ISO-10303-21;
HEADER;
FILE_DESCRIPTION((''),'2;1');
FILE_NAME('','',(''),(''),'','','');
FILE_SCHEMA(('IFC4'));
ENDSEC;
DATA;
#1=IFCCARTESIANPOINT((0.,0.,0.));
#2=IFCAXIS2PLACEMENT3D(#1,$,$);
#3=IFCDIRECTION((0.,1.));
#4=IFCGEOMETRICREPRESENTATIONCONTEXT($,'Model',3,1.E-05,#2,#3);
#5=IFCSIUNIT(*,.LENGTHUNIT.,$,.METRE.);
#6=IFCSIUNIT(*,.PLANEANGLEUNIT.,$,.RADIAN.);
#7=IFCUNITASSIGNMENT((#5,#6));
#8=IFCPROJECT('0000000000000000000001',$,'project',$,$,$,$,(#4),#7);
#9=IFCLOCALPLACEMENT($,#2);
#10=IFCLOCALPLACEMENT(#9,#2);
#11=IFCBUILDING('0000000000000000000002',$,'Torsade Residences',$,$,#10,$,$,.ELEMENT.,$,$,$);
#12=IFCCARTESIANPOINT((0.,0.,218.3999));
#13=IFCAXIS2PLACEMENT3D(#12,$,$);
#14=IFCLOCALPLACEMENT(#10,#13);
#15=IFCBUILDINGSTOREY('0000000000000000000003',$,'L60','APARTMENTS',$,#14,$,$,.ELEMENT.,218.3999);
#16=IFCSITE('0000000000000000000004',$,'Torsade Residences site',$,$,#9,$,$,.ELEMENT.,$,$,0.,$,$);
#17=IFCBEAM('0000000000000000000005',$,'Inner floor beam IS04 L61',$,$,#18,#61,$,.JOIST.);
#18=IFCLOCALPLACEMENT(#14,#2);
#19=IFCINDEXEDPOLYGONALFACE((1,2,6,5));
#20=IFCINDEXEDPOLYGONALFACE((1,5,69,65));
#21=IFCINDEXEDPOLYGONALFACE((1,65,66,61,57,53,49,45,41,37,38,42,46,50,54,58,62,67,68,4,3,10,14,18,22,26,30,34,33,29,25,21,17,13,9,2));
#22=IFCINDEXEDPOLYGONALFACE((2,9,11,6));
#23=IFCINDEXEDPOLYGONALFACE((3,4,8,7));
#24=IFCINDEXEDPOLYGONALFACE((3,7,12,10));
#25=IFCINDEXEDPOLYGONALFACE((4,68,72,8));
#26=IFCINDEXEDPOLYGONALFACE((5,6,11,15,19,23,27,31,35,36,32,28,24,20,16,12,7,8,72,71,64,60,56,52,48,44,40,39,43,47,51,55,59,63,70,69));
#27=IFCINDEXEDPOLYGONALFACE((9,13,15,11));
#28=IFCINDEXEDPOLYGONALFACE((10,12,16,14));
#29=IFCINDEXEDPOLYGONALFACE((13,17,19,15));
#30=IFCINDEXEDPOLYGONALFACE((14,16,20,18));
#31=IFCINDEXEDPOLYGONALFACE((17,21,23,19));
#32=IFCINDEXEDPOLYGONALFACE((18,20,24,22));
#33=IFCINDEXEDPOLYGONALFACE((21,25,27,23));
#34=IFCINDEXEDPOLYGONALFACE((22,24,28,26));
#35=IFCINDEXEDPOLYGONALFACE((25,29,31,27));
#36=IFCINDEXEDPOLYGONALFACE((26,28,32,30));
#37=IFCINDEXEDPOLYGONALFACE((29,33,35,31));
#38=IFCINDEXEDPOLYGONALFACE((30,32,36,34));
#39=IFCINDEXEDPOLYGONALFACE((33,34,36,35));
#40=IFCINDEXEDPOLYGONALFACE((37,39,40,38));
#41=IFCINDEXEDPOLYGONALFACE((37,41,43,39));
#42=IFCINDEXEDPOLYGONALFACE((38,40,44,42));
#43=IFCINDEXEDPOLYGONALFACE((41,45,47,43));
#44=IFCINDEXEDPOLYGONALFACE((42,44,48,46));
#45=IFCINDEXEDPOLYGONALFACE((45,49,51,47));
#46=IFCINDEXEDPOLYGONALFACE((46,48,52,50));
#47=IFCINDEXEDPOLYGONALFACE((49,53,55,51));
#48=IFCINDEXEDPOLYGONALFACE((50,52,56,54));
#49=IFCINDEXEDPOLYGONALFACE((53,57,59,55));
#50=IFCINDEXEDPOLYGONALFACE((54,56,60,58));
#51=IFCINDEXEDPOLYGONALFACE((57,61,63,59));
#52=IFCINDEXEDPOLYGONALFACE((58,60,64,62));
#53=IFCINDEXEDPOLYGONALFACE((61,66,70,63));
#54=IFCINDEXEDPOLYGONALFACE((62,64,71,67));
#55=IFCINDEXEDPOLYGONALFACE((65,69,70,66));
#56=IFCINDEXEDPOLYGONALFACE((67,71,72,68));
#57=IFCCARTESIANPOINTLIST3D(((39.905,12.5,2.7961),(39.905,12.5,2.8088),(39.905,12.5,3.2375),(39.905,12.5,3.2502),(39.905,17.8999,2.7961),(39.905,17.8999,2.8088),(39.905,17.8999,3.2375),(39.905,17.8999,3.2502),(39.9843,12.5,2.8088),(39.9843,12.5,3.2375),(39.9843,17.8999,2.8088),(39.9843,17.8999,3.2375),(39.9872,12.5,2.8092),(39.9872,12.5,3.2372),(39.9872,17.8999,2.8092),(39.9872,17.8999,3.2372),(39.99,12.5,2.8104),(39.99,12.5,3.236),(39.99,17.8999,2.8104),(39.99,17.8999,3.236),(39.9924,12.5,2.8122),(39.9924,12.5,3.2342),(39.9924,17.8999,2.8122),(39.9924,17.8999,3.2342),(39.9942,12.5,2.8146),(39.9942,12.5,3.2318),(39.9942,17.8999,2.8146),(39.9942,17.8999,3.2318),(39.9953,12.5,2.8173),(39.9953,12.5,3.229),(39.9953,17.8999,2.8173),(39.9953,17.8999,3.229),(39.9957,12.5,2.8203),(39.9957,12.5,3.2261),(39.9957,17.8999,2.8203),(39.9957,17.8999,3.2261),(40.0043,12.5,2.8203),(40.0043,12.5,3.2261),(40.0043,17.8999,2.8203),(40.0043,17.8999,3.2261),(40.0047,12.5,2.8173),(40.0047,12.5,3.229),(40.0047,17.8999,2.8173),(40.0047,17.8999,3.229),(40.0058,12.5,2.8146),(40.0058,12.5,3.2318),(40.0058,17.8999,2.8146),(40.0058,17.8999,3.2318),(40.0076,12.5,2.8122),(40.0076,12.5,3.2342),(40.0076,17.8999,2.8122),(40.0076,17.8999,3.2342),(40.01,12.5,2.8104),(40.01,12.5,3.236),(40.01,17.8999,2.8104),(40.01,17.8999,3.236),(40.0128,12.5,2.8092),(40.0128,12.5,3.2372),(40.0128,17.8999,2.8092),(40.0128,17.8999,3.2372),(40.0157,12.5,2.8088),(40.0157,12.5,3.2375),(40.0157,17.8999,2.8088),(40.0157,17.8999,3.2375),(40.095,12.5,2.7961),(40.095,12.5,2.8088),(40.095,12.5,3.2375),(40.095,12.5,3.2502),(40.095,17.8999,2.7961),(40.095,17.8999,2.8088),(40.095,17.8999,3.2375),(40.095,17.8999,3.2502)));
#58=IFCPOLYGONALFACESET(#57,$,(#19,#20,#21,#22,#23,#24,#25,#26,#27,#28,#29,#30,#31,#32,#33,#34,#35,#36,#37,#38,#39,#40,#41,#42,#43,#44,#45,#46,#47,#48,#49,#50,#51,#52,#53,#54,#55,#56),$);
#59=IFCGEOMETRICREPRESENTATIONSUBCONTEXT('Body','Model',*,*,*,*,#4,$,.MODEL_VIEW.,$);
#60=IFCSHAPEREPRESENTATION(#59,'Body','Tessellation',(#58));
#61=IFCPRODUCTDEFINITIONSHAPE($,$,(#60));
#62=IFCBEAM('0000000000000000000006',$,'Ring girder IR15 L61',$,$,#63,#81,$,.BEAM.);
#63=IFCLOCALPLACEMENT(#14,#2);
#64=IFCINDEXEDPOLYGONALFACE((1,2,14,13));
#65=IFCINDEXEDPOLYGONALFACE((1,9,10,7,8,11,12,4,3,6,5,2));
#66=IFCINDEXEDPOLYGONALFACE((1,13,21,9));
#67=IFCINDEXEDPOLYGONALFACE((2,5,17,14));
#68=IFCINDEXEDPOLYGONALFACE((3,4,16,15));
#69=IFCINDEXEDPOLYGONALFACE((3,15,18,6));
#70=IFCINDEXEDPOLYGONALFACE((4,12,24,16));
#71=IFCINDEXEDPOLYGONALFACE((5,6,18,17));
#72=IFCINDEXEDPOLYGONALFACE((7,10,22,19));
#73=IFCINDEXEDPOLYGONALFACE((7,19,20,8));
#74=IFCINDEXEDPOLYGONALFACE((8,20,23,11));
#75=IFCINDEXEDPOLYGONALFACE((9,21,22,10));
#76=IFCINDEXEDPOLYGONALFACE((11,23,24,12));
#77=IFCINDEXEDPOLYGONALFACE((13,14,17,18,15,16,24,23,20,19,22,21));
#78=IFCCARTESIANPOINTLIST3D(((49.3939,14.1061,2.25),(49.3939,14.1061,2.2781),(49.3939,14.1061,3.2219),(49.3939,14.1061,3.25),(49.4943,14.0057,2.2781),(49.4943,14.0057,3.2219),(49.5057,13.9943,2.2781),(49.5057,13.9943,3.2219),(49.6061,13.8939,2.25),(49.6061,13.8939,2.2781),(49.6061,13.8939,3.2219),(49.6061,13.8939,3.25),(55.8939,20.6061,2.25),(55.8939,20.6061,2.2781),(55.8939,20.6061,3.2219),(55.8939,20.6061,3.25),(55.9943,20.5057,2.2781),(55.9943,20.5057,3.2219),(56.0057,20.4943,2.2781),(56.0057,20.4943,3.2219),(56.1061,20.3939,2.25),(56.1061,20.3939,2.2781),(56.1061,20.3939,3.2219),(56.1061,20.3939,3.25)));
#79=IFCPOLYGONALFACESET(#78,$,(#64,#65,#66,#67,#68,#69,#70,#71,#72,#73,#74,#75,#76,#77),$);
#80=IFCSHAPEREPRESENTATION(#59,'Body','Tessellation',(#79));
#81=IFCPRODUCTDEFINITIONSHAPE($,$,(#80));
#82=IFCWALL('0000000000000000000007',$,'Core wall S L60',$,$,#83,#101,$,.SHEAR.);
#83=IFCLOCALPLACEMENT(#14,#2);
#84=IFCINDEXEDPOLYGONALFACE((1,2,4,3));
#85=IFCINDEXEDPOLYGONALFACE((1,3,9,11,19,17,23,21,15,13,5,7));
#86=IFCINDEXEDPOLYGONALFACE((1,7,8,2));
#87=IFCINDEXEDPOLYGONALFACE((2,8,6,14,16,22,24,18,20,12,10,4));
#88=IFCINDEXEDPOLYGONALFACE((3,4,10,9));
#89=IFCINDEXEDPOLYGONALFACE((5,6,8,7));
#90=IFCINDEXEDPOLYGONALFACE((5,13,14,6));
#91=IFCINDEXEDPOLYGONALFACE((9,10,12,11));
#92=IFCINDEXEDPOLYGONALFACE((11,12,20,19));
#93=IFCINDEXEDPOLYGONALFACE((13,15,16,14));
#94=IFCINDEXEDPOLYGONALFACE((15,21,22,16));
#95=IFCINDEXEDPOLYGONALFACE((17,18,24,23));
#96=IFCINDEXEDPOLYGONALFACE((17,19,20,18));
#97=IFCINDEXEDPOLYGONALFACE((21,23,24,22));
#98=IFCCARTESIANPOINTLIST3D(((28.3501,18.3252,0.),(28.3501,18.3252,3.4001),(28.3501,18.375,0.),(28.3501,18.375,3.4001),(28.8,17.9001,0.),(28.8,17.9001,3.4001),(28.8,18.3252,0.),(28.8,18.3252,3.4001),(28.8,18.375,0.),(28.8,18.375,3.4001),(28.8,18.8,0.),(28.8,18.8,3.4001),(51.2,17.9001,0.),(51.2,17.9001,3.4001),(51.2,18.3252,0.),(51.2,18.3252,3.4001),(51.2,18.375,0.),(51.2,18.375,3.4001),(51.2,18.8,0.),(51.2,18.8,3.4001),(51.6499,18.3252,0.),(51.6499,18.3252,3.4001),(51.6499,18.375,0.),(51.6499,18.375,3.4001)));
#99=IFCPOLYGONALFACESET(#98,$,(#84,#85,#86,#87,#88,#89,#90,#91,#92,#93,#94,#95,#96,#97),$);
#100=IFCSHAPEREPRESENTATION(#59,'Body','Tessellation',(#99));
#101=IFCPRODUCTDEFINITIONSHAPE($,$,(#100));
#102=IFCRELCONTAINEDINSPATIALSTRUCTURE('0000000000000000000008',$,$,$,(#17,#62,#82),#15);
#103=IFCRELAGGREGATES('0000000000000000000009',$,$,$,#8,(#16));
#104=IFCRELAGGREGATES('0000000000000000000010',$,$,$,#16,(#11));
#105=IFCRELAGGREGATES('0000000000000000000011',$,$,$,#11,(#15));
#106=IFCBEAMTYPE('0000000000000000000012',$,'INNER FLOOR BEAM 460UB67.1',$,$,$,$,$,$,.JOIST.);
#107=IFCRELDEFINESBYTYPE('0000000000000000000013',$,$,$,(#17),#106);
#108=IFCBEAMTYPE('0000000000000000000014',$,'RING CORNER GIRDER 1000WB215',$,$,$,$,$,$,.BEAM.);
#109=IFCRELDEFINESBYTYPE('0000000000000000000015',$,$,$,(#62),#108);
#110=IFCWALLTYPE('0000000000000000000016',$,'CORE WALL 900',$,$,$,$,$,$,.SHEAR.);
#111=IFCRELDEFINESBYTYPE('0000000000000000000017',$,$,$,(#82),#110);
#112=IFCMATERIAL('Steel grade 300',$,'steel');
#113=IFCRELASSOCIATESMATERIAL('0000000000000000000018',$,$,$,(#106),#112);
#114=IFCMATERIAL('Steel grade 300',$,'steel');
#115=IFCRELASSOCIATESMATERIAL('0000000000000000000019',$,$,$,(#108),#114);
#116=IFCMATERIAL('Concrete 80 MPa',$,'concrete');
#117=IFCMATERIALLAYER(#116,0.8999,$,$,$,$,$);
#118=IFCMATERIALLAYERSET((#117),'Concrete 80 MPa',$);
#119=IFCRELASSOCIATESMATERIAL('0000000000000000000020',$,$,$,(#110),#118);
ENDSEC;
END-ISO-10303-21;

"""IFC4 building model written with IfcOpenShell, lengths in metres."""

from ifc_helpers import new_model, si_unit, direction, frame, origin, origin_2d, place, context, subcontext, project, spatial, polyline, i_section, outline, extrude, material, layer, layer_set, material_profile, profile_set, type_object, element, save


model = new_model("IFC4")

# Units and contexts
model_context = context("Model", 3, precision=1e-05, world=origin(), true_north=direction((0.0, 1.0)))
body_context = subcontext(model_context, "Body", "Model", "MODEL_VIEW")
ifc_project = project(units=[si_unit("LENGTHUNIT", "METRE"), si_unit("PLANEANGLEUNIT", "RADIAN")], contexts=[model_context])

# Site, building, storey
site_placement = place(None, origin())
site = spatial("IfcSite", under=ifc_project, at=site_placement, Name="Torsade Residences site", CompositionType="ELEMENT", RefElevation=0.0)
building_placement = place(site_placement, origin())
building = spatial("IfcBuilding", under=site, at=building_placement, Name="Torsade Residences", CompositionType="ELEMENT")
storey_placement = place(building_placement, frame((0.0, 0.0, 218.3999)))
storey = spatial("IfcBuildingStorey", under=building, at=storey_placement, Name="L60", Description="APARTMENTS", CompositionType="ELEMENT", Elevation=218.3999)

# Beams
ifc_material_1 = material(Name="Steel grade 300", Category="steel")
ifc_material_profile_1 = material_profile(ifc_material_1, i_section(OverallWidth=0.1899, OverallDepth=0.4541, WebThickness=0.0085, FlangeThickness=0.0127, FilletRadius=0.0115, at=origin_2d()), Name="460UB67.1")
ifc_profile_set_1 = profile_set([ifc_material_profile_1], Name="Steel grade 300")
beam_type_1 = type_object("IfcBeamType", Name="INNER FLOOR BEAM 460UB67.1", PredefinedType="JOIST", material=ifc_profile_set_1)
for number, where, z_axis, x_axis, name in (
    (1, (40.0, 17.8999, 3.0232), (0.0, -1.0, 0.0), (1.0, 0.0, 0.0), "Inner floor beam IS04 L61"),
):
    element("IfcBeam", number, at=place(storey_placement, frame(where, z_axis=z_axis, x_axis=x_axis)), inside=storey, type_object=beam_type_1, Name=name, PredefinedType="JOIST", context=body_context, shape_type="SweptSolid", body=[
        extrude(i_section(OverallWidth=0.1899, OverallDepth=0.4541, WebThickness=0.0085, FlangeThickness=0.0127, FilletRadius=0.0115, at=origin_2d()), origin(), (0.0, 0.0, 1.0), 5.3999),
    ])
ifc_material_2 = material(Name="Steel grade 300", Category="steel")
ifc_material_profile_2 = material_profile(ifc_material_2, i_section(OverallWidth=0.3, OverallDepth=1.0, WebThickness=0.0161, FlangeThickness=0.0281, at=origin_2d()), Name="1000WB215")
ifc_profile_set_2 = profile_set([ifc_material_profile_2], Name="Steel grade 300")
beam_type_2 = type_object("IfcBeamType", Name="RING CORNER GIRDER 1000WB215", PredefinedType="BEAM", material=ifc_profile_set_2)
beam_1_placement = place(storey_placement, frame((49.5, 14.0, 2.75), z_axis=(0.707107, 0.707107, 0.0), x_axis=(-0.707107, 0.707107, 0.0)))
element("IfcBeam", 2, at=beam_1_placement, inside=storey, type_object=beam_type_2, Name="Ring girder IR15 L61", PredefinedType="BEAM", context=body_context, shape_type="SweptSolid", body=[
    extrude(i_section(OverallWidth=0.3, OverallDepth=1.0, WebThickness=0.0161, FlangeThickness=0.0281, at=origin_2d()), origin(), (0.0, 0.0, 1.0), 9.1924),
])

# Wall
ifc_material_3 = material(Name="Concrete 80 MPa", Category="concrete")
ifc_layer_1 = layer(ifc_material_3, 0.8999)
ifc_layer_set_1 = layer_set([ifc_layer_1], Name="Concrete 80 MPa")
wall_type_1 = type_object("IfcWallType", Name="CORE WALL 900", PredefinedType="SHEAR", material=ifc_layer_set_1)
wall_1_placement = place(storey_placement, frame((51.2, 18.3501, 0.0), z_axis=(0.0, 0.0, 1.0), x_axis=(-1.0, 0.0, 0.0)))
element("IfcWall", 3, at=wall_1_placement, inside=storey, type_object=wall_type_1, Name="Core wall S L60", PredefinedType="SHEAR", context=body_context, shape_type="SweptSolid", body=[
    extrude(outline(polyline([(0.0, -0.45), (22.3999, -0.45), (22.3999, -0.0249), (22.8499, -0.0249), (22.8499, 0.0249), (22.3999, 0.0249), (22.3999, 0.45), (0.0, 0.45), (0.0, 0.0249), (-0.45, 0.0249), (-0.45, -0.0249), (0.0, -0.0249), (0.0, -0.45)])), origin(), (0.0, 0.0, 1.0), 3.4001),
])

save(model, "model.ifc")
